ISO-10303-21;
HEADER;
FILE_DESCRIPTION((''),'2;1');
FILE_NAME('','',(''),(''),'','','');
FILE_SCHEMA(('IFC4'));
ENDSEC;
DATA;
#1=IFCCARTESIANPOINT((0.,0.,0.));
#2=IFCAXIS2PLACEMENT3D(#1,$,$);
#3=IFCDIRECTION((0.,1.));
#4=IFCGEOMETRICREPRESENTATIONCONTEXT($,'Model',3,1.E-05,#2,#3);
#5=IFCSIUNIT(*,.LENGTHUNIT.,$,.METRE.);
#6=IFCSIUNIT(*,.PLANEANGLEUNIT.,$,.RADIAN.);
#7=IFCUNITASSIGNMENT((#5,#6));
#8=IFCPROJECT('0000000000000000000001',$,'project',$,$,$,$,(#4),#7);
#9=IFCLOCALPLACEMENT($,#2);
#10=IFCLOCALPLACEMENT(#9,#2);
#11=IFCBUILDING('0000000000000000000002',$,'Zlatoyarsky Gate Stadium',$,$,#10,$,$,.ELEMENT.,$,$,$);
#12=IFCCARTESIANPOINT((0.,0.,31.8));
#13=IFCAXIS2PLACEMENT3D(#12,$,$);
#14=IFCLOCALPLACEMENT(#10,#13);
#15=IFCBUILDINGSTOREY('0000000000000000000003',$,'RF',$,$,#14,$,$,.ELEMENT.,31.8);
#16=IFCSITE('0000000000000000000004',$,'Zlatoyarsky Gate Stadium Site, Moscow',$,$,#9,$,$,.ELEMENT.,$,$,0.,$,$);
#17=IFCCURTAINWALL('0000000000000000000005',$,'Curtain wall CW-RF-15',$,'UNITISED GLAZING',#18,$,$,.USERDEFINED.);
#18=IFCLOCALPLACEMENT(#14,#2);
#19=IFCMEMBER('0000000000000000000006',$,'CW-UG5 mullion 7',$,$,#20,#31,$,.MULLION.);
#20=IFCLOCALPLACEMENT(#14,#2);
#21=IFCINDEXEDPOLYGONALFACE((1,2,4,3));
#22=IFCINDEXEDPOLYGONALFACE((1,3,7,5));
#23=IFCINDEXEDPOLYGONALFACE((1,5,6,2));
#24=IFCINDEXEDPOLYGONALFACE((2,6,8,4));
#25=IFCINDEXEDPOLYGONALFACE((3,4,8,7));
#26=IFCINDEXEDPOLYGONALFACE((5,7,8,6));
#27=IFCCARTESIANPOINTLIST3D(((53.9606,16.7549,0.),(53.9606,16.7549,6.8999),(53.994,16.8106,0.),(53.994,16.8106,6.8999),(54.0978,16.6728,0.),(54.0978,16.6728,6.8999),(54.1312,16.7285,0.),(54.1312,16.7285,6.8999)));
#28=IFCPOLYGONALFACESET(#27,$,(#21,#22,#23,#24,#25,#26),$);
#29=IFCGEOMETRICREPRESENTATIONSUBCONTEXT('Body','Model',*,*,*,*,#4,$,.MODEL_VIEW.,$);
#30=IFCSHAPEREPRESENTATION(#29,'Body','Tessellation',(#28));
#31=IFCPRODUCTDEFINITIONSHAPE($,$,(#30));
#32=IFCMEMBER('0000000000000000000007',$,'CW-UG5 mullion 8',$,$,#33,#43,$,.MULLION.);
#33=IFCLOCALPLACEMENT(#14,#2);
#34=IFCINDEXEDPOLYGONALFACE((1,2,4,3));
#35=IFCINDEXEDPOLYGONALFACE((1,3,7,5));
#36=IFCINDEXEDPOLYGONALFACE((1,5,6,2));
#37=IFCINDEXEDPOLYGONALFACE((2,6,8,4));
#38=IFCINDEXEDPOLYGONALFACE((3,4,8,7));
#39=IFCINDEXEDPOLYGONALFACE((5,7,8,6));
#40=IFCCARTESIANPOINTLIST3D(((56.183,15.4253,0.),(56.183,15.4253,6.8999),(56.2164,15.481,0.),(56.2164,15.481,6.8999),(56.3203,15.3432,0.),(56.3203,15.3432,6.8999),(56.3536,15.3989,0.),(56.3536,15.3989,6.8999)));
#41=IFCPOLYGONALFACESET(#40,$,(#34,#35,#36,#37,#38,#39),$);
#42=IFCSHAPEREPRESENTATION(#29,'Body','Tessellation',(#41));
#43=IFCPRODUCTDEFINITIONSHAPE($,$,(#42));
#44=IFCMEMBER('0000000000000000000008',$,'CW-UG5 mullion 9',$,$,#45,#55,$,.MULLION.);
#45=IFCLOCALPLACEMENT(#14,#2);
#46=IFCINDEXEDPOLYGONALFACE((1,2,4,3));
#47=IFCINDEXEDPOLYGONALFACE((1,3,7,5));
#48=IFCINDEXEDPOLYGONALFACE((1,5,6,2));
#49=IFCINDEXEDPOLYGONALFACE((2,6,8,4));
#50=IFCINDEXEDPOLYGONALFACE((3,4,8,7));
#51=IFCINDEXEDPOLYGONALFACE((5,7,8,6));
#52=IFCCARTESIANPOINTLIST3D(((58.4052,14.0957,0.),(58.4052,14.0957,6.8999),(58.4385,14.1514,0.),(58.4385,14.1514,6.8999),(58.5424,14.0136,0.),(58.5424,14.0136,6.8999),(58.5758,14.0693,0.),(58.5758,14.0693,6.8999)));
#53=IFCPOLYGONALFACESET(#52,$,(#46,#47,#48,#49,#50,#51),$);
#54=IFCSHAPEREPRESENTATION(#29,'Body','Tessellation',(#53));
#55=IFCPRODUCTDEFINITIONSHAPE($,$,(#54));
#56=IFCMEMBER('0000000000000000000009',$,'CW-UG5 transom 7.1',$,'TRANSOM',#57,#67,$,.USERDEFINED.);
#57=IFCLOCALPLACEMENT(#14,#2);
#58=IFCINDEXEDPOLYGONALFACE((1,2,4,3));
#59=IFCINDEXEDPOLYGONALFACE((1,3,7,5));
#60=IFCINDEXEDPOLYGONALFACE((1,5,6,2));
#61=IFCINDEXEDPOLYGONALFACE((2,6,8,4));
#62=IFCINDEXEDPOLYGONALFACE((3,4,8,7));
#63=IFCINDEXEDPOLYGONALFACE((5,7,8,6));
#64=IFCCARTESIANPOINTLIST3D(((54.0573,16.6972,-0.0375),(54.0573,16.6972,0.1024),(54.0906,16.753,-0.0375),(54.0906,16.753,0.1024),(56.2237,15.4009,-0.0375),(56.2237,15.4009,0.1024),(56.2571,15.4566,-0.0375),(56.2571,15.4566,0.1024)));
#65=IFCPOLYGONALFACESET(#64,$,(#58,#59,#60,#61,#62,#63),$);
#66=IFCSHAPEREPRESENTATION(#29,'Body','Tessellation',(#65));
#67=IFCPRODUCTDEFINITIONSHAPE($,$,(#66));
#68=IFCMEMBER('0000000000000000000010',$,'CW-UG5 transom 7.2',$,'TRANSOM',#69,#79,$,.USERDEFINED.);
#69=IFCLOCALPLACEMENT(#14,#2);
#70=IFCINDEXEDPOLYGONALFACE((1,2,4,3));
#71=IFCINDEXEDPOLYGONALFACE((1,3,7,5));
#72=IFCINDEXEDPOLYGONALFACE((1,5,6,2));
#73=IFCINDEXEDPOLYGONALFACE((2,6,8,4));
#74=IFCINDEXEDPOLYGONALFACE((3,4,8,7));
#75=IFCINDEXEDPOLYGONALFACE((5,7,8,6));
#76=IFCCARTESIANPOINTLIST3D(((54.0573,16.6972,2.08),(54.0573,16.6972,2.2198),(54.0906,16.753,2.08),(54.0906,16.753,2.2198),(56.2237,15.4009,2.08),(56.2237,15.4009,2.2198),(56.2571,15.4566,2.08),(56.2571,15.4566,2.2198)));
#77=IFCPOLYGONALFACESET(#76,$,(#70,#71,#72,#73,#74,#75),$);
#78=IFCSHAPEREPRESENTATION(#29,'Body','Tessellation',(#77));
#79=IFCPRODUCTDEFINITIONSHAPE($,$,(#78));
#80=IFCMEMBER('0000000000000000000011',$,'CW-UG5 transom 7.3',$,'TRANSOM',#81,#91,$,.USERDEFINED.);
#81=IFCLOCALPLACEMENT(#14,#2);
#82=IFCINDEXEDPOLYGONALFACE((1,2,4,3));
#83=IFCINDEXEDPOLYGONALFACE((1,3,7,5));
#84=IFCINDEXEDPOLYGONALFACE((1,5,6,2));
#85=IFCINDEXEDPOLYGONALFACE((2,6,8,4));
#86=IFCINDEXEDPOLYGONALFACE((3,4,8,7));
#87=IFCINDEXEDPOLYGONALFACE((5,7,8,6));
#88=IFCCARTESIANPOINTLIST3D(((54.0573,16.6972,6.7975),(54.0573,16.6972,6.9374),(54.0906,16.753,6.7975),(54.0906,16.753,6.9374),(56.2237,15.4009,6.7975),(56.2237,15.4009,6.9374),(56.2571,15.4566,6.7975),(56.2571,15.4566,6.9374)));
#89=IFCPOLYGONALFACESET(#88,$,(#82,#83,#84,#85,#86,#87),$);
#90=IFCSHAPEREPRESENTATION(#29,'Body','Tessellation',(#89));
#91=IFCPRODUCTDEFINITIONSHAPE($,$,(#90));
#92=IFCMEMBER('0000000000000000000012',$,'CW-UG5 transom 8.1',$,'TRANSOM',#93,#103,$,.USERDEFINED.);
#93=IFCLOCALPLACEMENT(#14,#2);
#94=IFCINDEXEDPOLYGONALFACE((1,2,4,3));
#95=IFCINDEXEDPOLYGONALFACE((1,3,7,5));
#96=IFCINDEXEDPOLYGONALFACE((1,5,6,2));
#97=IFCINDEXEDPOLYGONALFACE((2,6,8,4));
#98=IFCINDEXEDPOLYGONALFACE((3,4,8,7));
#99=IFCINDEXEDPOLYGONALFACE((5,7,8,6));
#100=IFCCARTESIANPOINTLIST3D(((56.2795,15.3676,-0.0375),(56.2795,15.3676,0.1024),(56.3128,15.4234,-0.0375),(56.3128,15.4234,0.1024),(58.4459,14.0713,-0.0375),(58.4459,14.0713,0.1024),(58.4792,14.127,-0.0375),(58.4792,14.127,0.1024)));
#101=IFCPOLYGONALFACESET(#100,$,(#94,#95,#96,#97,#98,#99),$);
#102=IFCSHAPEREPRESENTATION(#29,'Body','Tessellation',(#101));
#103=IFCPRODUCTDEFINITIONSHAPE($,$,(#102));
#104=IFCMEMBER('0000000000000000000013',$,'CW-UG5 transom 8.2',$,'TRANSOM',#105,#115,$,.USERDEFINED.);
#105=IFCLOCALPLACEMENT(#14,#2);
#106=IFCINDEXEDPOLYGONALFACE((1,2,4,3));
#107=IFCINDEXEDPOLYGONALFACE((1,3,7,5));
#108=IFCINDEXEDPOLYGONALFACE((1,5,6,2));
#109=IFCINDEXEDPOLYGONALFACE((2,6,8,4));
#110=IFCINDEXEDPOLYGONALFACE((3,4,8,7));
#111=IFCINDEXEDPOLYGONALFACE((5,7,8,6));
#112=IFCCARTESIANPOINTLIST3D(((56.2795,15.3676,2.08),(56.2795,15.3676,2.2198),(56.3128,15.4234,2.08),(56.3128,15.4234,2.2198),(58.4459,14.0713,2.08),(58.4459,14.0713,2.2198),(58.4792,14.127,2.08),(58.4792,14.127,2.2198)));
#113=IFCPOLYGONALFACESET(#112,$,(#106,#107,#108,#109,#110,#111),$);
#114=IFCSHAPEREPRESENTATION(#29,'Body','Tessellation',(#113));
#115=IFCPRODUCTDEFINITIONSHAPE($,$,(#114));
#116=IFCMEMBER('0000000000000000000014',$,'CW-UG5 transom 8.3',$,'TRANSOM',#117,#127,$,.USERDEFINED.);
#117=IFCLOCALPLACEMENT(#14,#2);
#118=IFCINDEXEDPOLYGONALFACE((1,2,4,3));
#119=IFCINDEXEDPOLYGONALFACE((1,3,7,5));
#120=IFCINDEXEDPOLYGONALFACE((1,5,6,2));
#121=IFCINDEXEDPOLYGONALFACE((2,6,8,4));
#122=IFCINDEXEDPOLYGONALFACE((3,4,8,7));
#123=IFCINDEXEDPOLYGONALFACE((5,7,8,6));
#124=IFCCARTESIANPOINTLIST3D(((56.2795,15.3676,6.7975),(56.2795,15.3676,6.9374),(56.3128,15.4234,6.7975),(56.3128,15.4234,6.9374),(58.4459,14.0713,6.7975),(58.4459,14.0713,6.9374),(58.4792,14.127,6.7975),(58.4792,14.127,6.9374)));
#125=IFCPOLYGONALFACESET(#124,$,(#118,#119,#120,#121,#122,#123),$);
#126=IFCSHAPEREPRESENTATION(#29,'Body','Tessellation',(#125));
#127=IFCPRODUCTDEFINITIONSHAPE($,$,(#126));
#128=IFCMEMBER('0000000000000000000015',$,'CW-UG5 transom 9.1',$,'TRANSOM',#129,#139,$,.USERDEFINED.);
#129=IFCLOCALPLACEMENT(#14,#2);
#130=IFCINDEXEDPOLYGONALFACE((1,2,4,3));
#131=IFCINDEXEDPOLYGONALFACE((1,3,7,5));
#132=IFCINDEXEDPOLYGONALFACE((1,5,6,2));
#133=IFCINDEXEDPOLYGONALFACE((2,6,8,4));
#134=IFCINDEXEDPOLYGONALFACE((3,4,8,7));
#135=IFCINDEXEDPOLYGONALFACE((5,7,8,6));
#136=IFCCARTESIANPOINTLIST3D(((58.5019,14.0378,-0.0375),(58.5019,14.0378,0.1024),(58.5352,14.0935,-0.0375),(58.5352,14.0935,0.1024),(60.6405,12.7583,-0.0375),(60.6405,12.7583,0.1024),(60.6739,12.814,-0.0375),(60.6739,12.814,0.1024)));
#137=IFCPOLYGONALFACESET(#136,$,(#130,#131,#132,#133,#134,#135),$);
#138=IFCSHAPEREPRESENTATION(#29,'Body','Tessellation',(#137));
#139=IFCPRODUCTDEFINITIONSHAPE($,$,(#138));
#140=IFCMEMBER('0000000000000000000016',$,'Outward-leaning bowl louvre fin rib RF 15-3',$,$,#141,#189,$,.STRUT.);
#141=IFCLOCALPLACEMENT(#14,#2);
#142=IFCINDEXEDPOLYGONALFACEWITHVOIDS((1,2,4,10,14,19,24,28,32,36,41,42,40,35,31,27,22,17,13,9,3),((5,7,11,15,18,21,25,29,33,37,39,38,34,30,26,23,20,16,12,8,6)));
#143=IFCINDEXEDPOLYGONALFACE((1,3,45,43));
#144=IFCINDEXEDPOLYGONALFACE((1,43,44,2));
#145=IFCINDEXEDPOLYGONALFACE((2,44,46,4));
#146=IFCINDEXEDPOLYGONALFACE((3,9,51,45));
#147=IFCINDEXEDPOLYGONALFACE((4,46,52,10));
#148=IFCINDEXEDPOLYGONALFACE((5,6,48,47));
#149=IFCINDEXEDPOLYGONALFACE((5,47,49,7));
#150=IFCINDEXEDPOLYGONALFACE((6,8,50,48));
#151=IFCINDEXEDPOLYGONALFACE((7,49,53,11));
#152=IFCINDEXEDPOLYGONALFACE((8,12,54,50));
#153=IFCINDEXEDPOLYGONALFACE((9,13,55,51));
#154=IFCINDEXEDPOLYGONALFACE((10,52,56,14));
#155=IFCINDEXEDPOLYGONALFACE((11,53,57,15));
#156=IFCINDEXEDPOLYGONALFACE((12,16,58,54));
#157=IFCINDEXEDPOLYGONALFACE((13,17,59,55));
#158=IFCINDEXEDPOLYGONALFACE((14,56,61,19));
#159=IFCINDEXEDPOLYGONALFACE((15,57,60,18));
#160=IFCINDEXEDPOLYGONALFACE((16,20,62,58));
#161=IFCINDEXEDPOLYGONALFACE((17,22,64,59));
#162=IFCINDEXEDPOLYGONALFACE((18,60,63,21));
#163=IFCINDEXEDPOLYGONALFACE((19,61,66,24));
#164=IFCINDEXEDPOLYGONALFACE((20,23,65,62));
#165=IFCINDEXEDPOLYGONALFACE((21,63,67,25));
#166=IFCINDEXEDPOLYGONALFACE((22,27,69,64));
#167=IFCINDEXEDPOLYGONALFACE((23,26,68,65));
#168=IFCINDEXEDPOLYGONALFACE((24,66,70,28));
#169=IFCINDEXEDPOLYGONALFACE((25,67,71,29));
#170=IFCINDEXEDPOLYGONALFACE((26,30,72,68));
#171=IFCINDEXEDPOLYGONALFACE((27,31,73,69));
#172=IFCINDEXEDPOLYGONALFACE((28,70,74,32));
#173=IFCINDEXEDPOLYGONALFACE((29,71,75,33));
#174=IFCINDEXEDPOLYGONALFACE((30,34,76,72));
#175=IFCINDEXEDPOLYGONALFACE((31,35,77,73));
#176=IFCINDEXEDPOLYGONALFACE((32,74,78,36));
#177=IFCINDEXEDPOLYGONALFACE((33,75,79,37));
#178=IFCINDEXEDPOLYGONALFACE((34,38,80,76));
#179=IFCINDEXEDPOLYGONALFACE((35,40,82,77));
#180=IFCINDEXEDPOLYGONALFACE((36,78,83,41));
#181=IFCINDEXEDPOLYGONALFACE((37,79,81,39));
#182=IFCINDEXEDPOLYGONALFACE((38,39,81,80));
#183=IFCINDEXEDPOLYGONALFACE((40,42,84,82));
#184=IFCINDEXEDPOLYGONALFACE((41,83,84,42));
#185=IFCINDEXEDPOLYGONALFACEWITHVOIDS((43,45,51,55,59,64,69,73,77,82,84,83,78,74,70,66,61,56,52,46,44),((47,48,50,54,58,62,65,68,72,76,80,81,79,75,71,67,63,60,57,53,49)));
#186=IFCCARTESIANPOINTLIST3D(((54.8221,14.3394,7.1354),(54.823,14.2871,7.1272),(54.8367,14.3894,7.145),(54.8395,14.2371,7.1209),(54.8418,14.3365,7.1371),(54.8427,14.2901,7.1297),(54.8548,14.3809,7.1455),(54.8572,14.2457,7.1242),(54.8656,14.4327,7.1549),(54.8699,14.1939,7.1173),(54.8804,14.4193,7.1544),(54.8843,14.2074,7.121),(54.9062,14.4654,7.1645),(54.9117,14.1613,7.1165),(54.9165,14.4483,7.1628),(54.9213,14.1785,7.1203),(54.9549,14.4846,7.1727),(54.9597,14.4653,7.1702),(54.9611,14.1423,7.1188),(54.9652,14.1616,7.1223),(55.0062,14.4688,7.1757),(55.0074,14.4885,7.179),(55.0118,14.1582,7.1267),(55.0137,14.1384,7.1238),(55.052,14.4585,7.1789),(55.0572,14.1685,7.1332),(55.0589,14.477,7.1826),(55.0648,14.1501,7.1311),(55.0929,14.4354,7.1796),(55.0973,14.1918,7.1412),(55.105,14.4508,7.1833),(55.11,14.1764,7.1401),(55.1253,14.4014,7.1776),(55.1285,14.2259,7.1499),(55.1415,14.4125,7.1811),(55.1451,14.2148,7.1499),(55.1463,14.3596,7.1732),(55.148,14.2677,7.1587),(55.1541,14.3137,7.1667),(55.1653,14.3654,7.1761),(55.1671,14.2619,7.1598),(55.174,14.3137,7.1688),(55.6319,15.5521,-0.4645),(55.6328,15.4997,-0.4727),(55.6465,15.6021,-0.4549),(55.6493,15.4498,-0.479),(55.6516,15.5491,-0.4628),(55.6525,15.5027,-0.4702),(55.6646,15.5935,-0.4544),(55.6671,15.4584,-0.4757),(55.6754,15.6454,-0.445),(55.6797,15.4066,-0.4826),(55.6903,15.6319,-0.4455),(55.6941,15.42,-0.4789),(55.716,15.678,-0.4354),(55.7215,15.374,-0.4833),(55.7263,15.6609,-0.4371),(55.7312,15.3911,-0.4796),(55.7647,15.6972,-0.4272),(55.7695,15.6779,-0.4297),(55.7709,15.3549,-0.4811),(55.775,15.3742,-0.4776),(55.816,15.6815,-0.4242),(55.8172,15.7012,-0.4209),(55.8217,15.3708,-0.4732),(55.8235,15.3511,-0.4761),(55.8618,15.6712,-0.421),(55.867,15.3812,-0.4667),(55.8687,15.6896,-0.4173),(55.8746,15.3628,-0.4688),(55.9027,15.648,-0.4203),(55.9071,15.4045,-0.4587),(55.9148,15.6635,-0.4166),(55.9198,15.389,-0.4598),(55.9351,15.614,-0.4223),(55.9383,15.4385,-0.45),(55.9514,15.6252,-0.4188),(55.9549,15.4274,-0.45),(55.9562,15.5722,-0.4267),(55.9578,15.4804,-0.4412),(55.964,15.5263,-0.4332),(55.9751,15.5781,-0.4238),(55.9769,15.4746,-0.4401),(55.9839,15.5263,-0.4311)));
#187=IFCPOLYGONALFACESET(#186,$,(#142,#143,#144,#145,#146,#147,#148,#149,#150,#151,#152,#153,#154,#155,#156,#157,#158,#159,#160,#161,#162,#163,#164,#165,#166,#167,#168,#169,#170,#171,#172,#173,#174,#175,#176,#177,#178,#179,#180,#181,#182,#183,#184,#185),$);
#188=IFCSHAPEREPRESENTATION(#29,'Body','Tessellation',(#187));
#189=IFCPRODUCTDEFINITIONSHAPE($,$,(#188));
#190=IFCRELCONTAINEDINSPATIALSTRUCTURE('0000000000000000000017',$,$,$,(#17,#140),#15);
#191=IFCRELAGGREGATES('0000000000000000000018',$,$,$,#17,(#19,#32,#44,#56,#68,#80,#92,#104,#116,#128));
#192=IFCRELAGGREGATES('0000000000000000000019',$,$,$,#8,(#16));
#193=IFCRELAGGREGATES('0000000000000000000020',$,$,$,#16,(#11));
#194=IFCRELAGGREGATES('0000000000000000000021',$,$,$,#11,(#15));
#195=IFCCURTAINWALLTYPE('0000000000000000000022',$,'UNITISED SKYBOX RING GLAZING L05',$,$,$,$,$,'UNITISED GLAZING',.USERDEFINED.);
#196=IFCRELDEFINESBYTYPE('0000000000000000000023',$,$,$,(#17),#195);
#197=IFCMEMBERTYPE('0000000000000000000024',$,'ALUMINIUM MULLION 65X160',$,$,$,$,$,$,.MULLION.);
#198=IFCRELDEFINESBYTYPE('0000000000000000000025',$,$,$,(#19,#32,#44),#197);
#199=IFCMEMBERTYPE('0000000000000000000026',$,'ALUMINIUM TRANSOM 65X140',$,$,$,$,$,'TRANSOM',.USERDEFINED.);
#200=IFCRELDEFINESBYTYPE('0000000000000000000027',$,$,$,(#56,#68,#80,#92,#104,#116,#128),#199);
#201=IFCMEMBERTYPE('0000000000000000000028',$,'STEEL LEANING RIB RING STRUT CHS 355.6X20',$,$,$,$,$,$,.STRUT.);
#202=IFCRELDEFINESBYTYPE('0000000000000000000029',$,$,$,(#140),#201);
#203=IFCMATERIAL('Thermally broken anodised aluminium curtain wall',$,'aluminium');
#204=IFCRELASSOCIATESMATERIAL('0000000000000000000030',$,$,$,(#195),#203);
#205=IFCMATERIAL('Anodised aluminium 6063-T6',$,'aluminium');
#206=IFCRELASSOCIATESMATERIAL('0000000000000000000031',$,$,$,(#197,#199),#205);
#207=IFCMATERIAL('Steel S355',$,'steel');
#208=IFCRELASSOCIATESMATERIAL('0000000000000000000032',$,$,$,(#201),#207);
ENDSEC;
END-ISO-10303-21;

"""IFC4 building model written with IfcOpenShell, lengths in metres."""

from ifc_helpers import new_model, si_unit, direction, frame, origin, origin_2d, place, context, subcontext, project, spatial, rectangle, hollow_circle, extrude, material, material_profile, profile_set, type_object, element, aggregate, save


model = new_model("IFC4")

# Units and contexts
model_context = context("Model", 3, precision=1e-05, world=origin(), true_north=direction((0.0, 1.0)))
body_context = subcontext(model_context, "Body", "Model", "MODEL_VIEW")
ifc_project = project(units=[si_unit("LENGTHUNIT", "METRE"), si_unit("PLANEANGLEUNIT", "RADIAN")], contexts=[model_context])

# Site, building, storey
site_placement = place(None, origin())
site = spatial("IfcSite", under=ifc_project, at=site_placement, Name="Zlatoyarsky Gate Stadium Site, Moscow", CompositionType="ELEMENT", RefElevation=0.0)
building_placement = place(site_placement, origin())
building = spatial("IfcBuilding", under=site, at=building_placement, Name="Zlatoyarsky Gate Stadium", CompositionType="ELEMENT")
storey_placement = place(building_placement, frame((0.0, 0.0, 31.8)))
storey = spatial("IfcBuildingStorey", under=building, at=storey_placement, Name="RF", CompositionType="ELEMENT", Elevation=31.8)

# Curtain wall, members
ifc_material_1 = material(Name="Thermally broken anodised aluminium curtain wall", Category="aluminium")
curtain_wall_type = type_object("IfcCurtainWallType", Name="UNITISED SKYBOX RING GLAZING L05", ElementType="UNITISED GLAZING", PredefinedType="USERDEFINED", material=ifc_material_1)
curtain_wall_placement = place(storey_placement, origin())
curtain_wall = element("IfcCurtainWall", 1, at=curtain_wall_placement, inside=storey, type_object=curtain_wall_type, Name="Curtain wall CW-RF-15", ObjectType="UNITISED GLAZING", PredefinedType="USERDEFINED")
ifc_material_2 = material(Name="Anodised aluminium 6063-T6", Category="aluminium")
ifc_material_profile_1 = material_profile(ifc_material_2, rectangle(XDim=0.0649, YDim=0.1599, at=origin_2d()), Name="ALU 65X160")
ifc_profile_set_1 = profile_set([ifc_material_profile_1], Name="Anodised aluminium 6063-T6")
member_type_1 = type_object("IfcMemberType", Name="ALUMINIUM MULLION 65X160", PredefinedType="MULLION", material=ifc_profile_set_1)
member_1_placement = place(storey_placement, frame((54.0459, 16.7417, 0.0), z_axis=(0.0, 0.0, 1.0), x_axis=(0.513436, 0.858128, 0.0)))
member_1 = element("IfcMember", 2, at=member_1_placement, type_object=member_type_1, Name="CW-UG5 mullion 7", PredefinedType="MULLION", context=body_context, shape_type="SweptSolid", body=[
    extrude(rectangle(XDim=0.0649, YDim=0.1599, at=origin_2d()), origin(), (0.0, 0.0, 1.0), 6.8999),
])
member_2_placement = place(storey_placement, frame((56.2683, 15.4121, 0.0), z_axis=(0.0, 0.0, 1.0), x_axis=(0.513436, 0.858128, 0.0)))
member_2 = element("IfcMember", 3, at=member_2_placement, type_object=member_type_1, Name="CW-UG5 mullion 8", PredefinedType="MULLION", context=body_context, shape_type="SweptSolid", body=[
    extrude(rectangle(XDim=0.0649, YDim=0.1599, at=origin_2d()), origin(), (0.0, 0.0, 1.0), 6.8999),
])
member_3_placement = place(storey_placement, frame((58.4905, 14.0825, 0.0), z_axis=(0.0, 0.0, 1.0), x_axis=(0.513436, 0.858128, 0.0)))
member_3 = element("IfcMember", 4, at=member_3_placement, type_object=member_type_1, Name="CW-UG5 mullion 9", PredefinedType="MULLION", context=body_context, shape_type="SweptSolid", body=[
    extrude(rectangle(XDim=0.0649, YDim=0.1599, at=origin_2d()), origin(), (0.0, 0.0, 1.0), 6.8999),
])
ifc_material_profile_2 = material_profile(ifc_material_2, rectangle(XDim=0.0649, YDim=0.1399, at=origin_2d()), Name="ALU 65X140")
ifc_profile_set_2 = profile_set([ifc_material_profile_2], Name="Anodised aluminium 6063-T6")
member_type_2 = type_object("IfcMemberType", Name="ALUMINIUM TRANSOM 65X140", ElementType="TRANSOM", PredefinedType="USERDEFINED", material=ifc_profile_set_2)
member_4_placement = place(storey_placement, frame((54.074, 16.7251, 0.0325), z_axis=(0.858107, -0.513472, 0.0), x_axis=(0.513472, 0.858107, 0.0)))
member_4 = element("IfcMember", 5, at=member_4_placement, type_object=member_type_2, Name="CW-UG5 transom 7.1", ObjectType="TRANSOM", PredefinedType="USERDEFINED", context=body_context, shape_type="SweptSolid", body=[
    extrude(rectangle(XDim=0.0649, YDim=0.1399, at=origin_2d()), origin(), (0.0, 0.0, 1.0), 2.5247),
])
member_5_placement = place(storey_placement, frame((54.074, 16.7251, 2.1499), z_axis=(0.858107, -0.513472, 0.0), x_axis=(0.513472, 0.858107, 0.0)))
member_5 = element("IfcMember", 6, at=member_5_placement, type_object=member_type_2, Name="CW-UG5 transom 7.2", ObjectType="TRANSOM", PredefinedType="USERDEFINED", context=body_context, shape_type="SweptSolid", body=[
    extrude(rectangle(XDim=0.0649, YDim=0.1399, at=origin_2d()), origin(), (0.0, 0.0, 1.0), 2.5247),
])
member_6_placement = place(storey_placement, frame((54.074, 16.7251, 6.8674), z_axis=(0.858107, -0.513472, 0.0), x_axis=(0.513472, 0.858107, 0.0)))
member_6 = element("IfcMember", 7, at=member_6_placement, type_object=member_type_2, Name="CW-UG5 transom 7.3", ObjectType="TRANSOM", PredefinedType="USERDEFINED", context=body_context, shape_type="SweptSolid", body=[
    extrude(rectangle(XDim=0.0649, YDim=0.1399, at=origin_2d()), origin(), (0.0, 0.0, 1.0), 2.5247),
])
member_7_placement = place(storey_placement, frame((56.2961, 15.3955, 0.0325), z_axis=(0.858107, -0.513472, 0.0), x_axis=(0.513472, 0.858107, 0.0)))
member_7 = element("IfcMember", 8, at=member_7_placement, type_object=member_type_2, Name="CW-UG5 transom 8.1", ObjectType="TRANSOM", PredefinedType="USERDEFINED", context=body_context, shape_type="SweptSolid", body=[
    extrude(rectangle(XDim=0.0649, YDim=0.1399, at=origin_2d()), origin(), (0.0, 0.0, 1.0), 2.5247),
])
member_8_placement = place(storey_placement, frame((56.2961, 15.3955, 2.1499), z_axis=(0.858107, -0.513472, 0.0), x_axis=(0.513472, 0.858107, 0.0)))
member_8 = element("IfcMember", 9, at=member_8_placement, type_object=member_type_2, Name="CW-UG5 transom 8.2", ObjectType="TRANSOM", PredefinedType="USERDEFINED", context=body_context, shape_type="SweptSolid", body=[
    extrude(rectangle(XDim=0.0649, YDim=0.1399, at=origin_2d()), origin(), (0.0, 0.0, 1.0), 2.5247),
])
member_9_placement = place(storey_placement, frame((56.2961, 15.3955, 6.8674), z_axis=(0.858107, -0.513472, 0.0), x_axis=(0.513472, 0.858107, 0.0)))
member_9 = element("IfcMember", 10, at=member_9_placement, type_object=member_type_2, Name="CW-UG5 transom 8.3", ObjectType="TRANSOM", PredefinedType="USERDEFINED", context=body_context, shape_type="SweptSolid", body=[
    extrude(rectangle(XDim=0.0649, YDim=0.1399, at=origin_2d()), origin(), (0.0, 0.0, 1.0), 2.5247),
])
member_10_placement = place(storey_placement, frame((58.5186, 14.0657, 0.0325), z_axis=(0.858141, -0.513415, 0.0), x_axis=(0.513415, 0.858141, 0.0)))
member_10 = element("IfcMember", 11, at=member_10_placement, type_object=member_type_2, Name="CW-UG5 transom 9.1", ObjectType="TRANSOM", PredefinedType="USERDEFINED", context=body_context, shape_type="SweptSolid", body=[
    extrude(rectangle(XDim=0.0649, YDim=0.1399, at=origin_2d()), origin(), (0.0, 0.0, 1.0), 2.4922),
])

# Member
ifc_material_3 = material(Name="Steel S355", Category="steel")
ifc_material_profile_3 = material_profile(ifc_material_3, hollow_circle(Radius=0.1777, WallThickness=0.02, at=origin_2d()), Name="CHS 355.6X20")
ifc_profile_set_3 = profile_set([ifc_material_profile_3], Name="Steel S355")
member_type_3 = type_object("IfcMemberType", Name="STEEL LEANING RIB RING STRUT CHS 355.6X20", PredefinedType="STRUT", material=ifc_profile_set_3)
member_11_placement = place(storey_placement, frame((55.8071, 15.5261, -0.45), z_axis=(-0.104648, -0.156703, 0.982086), x_axis=(0.831612, -0.555357, 0.0)))
element("IfcMember", 12, at=member_11_placement, inside=storey, type_object=member_type_3, Name="Outward-leaning bowl louvre fin rib RF 15-3", PredefinedType="STRUT", context=body_context, shape_type="SweptSolid", body=[
    extrude(hollow_circle(Radius=0.1777, WallThickness=0.02, at=origin_2d()), origin(), (0.0, 0.0, 1.0), 7.7385),
])

aggregate(curtain_wall, [member_1, member_2, member_3, member_4, member_5, member_6, member_7, member_8, member_9, member_10])

save(model, "model.ifc")
